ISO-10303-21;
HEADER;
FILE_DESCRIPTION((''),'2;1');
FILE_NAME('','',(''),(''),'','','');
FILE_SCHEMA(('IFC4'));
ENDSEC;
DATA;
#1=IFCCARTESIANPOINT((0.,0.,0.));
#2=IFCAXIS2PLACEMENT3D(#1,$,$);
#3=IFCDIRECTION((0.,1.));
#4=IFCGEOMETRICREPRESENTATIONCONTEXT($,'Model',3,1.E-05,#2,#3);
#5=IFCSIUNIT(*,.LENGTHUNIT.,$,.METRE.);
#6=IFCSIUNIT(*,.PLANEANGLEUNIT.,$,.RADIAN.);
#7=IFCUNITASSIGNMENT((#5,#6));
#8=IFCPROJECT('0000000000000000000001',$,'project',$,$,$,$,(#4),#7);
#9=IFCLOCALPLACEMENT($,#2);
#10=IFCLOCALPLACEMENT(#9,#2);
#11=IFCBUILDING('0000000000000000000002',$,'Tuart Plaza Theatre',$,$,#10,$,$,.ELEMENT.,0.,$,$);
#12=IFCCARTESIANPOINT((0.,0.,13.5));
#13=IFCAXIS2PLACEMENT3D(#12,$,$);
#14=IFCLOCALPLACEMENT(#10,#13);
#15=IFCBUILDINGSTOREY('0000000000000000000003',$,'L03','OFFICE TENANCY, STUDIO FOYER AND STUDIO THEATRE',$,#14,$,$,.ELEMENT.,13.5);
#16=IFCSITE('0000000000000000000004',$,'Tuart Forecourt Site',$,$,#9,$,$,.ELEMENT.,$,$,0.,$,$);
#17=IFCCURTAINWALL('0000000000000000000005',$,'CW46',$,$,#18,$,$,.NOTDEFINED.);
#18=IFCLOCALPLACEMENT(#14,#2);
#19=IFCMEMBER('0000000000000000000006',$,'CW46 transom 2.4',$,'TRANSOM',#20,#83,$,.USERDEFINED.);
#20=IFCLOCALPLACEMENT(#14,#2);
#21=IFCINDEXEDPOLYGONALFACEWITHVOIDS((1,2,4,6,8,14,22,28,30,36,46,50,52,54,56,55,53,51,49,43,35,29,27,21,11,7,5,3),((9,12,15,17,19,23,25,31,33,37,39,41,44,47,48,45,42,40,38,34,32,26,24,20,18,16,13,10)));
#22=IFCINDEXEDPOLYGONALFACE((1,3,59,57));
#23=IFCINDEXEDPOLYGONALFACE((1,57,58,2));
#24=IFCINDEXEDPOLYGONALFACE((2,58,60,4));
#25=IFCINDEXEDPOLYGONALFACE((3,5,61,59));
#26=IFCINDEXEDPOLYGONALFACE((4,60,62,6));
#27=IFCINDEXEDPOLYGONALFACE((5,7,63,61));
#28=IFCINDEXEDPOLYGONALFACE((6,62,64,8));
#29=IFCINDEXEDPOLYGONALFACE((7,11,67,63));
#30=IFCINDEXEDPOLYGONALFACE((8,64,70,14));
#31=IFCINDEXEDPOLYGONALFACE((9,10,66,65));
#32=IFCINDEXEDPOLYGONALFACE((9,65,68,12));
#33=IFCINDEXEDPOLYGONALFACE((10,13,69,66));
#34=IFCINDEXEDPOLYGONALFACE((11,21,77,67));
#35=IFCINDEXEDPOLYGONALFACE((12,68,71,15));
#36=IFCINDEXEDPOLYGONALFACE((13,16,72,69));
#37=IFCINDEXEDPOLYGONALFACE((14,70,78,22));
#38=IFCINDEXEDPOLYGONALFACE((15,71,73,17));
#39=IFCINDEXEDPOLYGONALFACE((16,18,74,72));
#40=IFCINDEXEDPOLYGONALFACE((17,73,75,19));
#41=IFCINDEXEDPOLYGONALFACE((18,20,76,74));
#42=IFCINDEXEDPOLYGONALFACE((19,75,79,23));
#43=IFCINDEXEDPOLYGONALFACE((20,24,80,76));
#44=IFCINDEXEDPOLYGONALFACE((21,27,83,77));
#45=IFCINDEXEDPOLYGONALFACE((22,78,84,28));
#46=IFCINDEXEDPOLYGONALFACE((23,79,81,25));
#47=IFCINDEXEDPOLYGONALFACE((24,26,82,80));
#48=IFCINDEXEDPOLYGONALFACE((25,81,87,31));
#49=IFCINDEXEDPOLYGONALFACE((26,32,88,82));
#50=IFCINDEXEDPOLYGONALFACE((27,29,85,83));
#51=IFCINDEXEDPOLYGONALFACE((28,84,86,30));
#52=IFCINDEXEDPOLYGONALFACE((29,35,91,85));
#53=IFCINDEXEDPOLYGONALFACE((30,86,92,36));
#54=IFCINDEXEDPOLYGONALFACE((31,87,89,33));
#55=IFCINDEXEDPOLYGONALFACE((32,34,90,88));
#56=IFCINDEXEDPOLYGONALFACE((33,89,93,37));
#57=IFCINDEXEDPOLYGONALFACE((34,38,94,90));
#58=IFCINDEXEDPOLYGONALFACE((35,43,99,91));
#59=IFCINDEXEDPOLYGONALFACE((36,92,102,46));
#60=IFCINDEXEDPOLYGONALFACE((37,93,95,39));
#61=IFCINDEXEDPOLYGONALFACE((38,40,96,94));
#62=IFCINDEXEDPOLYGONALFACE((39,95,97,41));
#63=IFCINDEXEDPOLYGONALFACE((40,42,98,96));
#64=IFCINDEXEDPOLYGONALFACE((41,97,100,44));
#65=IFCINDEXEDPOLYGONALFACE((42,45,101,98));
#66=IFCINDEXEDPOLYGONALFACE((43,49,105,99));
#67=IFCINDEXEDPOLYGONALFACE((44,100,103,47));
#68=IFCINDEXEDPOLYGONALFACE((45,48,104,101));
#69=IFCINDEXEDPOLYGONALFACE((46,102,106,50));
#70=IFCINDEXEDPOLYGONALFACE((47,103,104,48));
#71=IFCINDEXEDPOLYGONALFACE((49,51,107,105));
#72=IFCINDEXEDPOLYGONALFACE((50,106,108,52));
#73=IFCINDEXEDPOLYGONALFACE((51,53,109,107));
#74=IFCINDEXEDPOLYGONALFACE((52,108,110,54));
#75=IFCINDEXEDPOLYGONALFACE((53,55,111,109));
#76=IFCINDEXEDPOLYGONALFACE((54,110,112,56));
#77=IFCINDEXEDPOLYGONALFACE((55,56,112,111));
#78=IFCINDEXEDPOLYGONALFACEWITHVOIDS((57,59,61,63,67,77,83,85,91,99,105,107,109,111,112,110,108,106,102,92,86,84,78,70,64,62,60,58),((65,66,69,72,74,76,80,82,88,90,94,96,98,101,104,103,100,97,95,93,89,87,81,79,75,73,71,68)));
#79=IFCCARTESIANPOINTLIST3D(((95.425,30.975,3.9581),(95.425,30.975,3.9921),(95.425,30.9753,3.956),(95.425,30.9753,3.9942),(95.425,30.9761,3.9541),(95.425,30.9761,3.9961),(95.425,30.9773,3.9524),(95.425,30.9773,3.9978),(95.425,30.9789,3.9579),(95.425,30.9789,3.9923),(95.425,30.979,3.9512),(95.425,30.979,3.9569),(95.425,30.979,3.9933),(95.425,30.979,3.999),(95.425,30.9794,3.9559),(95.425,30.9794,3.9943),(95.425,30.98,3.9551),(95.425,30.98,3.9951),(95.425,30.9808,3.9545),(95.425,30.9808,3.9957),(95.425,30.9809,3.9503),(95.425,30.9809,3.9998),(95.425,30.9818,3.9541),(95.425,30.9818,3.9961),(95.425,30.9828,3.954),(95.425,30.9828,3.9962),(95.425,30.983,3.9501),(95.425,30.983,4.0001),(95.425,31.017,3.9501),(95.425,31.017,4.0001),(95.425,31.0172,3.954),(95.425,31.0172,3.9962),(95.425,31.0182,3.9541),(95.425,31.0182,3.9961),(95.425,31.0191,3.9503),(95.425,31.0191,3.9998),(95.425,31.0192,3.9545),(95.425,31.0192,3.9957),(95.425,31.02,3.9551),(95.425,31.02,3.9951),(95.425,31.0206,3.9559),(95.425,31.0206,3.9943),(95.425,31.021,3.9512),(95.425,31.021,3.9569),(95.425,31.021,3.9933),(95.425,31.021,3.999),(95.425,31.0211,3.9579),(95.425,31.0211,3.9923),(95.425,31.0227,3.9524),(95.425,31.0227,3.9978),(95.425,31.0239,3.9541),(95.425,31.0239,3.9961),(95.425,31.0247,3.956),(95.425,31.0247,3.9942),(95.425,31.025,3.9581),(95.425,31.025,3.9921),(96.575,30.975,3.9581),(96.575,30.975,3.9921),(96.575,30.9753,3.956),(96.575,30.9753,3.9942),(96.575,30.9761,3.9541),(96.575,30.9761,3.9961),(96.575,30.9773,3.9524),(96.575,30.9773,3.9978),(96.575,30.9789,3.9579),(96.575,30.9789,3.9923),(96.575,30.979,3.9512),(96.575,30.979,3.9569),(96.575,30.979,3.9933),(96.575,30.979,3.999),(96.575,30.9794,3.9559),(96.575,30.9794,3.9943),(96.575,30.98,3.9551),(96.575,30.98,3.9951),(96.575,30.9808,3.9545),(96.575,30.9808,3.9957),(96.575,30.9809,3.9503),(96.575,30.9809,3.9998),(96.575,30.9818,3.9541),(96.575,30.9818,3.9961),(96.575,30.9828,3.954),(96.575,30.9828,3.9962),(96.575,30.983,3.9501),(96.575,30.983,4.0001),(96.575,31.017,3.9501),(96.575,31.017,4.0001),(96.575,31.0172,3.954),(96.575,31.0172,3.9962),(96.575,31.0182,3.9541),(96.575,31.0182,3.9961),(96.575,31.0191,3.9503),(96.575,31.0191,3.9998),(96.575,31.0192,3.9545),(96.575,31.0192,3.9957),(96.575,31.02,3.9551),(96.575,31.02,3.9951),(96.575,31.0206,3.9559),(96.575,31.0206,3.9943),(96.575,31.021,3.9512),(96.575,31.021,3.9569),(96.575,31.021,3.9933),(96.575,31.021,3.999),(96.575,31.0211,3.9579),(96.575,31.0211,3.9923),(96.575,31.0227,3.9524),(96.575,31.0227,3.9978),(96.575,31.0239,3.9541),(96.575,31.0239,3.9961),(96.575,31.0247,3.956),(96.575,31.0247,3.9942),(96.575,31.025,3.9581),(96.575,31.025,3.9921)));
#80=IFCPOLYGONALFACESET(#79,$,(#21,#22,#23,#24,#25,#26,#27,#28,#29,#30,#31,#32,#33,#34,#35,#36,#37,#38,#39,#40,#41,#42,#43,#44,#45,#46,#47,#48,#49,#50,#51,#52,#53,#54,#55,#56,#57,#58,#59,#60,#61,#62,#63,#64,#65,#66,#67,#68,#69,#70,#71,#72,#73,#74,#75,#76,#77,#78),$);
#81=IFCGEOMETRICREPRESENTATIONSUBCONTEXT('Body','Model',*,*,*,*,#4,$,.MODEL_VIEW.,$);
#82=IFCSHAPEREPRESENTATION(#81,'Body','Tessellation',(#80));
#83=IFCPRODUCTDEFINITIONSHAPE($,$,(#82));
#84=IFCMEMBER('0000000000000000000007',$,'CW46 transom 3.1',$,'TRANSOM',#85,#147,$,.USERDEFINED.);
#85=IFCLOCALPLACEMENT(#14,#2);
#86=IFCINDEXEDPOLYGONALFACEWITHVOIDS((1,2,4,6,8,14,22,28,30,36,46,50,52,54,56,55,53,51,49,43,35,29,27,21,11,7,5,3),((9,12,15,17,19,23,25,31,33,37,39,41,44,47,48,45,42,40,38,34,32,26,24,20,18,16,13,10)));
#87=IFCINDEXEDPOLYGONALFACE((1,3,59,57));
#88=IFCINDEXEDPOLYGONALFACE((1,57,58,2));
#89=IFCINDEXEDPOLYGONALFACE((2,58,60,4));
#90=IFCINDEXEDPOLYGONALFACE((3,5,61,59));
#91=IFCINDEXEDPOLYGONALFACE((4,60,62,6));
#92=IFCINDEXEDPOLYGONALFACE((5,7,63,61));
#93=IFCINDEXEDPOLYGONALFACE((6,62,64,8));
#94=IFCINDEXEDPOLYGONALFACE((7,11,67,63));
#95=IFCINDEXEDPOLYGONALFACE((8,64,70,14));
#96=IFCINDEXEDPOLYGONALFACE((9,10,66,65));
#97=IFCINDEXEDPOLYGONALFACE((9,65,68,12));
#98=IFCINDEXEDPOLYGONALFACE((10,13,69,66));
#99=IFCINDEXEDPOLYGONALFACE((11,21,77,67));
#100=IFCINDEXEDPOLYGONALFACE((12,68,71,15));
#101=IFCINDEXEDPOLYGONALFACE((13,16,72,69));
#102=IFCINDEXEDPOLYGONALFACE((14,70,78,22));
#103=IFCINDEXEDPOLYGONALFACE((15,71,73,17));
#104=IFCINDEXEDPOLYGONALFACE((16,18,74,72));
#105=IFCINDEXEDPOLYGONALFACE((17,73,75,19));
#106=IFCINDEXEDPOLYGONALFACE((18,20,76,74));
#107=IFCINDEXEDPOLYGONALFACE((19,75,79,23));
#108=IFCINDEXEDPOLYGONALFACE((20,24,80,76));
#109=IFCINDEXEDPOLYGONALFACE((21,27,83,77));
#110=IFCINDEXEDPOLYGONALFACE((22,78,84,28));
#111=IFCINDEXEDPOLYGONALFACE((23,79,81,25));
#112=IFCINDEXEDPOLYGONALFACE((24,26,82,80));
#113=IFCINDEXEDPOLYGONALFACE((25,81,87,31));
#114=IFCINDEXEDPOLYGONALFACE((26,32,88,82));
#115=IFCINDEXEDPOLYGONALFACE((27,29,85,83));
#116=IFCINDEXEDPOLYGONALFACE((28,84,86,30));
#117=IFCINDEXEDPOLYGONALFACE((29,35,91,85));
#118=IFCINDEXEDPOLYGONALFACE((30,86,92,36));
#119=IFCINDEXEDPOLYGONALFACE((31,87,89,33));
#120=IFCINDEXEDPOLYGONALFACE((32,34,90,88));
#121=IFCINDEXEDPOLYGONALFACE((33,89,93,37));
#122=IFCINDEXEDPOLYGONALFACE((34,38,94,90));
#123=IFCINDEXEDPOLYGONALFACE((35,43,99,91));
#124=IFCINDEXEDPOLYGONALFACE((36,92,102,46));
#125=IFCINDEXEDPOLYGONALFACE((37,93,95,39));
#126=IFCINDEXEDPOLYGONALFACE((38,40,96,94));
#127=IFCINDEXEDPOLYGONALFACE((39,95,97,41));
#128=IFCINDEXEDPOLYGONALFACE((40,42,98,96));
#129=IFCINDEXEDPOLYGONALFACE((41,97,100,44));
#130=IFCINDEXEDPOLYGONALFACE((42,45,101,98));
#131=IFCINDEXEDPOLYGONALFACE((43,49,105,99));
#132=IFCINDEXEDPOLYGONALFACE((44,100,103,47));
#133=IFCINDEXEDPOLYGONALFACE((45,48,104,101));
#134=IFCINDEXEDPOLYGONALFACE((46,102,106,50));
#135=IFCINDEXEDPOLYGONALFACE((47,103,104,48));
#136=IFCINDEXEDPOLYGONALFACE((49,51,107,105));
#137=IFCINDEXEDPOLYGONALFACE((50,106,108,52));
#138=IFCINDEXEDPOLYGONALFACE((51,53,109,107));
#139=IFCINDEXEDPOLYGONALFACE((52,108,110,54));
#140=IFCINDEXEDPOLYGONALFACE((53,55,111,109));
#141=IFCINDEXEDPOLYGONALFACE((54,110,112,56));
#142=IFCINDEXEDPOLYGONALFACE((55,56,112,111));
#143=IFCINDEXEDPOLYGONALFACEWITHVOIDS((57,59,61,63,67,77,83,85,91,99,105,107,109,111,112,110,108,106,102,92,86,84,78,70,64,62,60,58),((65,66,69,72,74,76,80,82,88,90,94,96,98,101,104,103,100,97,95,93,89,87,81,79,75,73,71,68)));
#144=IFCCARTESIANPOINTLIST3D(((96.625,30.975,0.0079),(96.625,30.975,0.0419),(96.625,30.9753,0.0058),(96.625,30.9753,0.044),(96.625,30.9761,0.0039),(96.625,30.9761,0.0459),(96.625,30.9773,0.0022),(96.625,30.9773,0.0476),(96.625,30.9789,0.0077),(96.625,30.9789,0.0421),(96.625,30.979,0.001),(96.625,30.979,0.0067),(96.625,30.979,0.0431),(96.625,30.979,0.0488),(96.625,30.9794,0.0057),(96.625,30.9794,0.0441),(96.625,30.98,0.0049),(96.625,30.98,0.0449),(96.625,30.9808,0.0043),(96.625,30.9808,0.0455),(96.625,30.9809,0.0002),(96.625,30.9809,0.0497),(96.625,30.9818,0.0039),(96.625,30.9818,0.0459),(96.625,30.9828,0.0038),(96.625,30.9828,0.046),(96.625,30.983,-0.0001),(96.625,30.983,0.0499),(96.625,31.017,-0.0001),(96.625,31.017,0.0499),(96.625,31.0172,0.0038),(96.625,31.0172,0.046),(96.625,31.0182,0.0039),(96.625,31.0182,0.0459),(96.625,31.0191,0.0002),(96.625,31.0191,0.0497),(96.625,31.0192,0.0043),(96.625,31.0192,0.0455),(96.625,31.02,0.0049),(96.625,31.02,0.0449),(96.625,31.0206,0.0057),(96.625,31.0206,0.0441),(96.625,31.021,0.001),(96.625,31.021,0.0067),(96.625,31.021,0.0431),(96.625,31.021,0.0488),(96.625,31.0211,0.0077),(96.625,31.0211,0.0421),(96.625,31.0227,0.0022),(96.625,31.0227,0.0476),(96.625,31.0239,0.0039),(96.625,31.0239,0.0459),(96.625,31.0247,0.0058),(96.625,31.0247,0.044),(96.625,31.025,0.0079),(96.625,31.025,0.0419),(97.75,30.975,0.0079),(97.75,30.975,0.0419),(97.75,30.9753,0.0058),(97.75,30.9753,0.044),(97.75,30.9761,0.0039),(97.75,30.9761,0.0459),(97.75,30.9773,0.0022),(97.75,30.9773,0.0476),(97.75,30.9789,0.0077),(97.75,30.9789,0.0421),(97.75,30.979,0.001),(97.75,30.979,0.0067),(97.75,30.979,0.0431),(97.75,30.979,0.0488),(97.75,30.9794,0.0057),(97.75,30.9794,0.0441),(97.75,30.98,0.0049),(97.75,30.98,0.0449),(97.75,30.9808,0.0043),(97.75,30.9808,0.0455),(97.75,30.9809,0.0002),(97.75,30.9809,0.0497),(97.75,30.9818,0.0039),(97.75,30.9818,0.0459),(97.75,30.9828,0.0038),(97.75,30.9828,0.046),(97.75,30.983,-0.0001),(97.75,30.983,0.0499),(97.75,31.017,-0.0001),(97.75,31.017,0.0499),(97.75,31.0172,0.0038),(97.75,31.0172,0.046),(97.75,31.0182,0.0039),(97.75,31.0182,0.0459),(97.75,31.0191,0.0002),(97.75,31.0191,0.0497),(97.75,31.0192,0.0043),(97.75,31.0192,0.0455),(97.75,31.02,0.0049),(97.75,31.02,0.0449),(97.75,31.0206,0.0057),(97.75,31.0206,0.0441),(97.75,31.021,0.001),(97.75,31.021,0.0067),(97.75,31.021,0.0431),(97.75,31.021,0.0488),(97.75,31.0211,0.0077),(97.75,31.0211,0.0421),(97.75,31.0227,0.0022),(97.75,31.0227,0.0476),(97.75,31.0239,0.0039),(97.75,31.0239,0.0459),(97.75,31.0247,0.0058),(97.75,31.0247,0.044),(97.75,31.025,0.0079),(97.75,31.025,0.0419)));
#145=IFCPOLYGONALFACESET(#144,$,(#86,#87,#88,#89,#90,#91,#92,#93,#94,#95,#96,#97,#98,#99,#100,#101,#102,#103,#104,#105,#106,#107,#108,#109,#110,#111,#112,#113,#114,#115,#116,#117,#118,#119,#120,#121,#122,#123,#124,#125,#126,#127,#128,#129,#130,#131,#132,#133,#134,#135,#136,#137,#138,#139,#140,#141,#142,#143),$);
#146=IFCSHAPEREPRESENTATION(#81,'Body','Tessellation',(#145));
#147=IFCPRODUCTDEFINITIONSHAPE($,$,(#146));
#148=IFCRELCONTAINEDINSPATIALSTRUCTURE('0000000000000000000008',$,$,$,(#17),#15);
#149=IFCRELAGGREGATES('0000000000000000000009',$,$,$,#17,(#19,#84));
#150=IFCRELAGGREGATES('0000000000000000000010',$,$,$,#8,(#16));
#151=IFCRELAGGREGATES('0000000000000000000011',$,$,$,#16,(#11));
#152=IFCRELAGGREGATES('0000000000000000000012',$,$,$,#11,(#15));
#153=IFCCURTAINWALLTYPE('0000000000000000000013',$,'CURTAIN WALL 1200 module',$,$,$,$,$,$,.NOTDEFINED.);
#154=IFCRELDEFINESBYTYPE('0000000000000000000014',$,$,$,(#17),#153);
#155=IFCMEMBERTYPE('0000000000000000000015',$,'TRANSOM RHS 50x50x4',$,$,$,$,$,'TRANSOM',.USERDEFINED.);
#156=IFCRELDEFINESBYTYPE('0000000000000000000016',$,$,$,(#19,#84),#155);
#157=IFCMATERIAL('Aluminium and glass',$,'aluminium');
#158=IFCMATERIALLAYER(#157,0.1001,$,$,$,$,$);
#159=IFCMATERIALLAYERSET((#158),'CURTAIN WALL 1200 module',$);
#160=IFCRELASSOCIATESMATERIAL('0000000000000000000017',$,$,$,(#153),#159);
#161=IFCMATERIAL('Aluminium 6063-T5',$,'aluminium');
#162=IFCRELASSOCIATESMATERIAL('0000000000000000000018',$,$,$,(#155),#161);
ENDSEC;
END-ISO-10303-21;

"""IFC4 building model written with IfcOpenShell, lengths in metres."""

from ifc_helpers import new_model, si_unit, direction, frame, origin, origin_2d, place, context, subcontext, project, spatial, hollow_rectangle, extrude, material, layer, layer_set, material_profile, profile_set, type_object, element, aggregate, save


model = new_model("IFC4")

# Units and contexts
model_context = context("Model", 3, precision=1e-05, world=origin(), true_north=direction((0.0, 1.0)))
body_context = subcontext(model_context, "Body", "Model", "MODEL_VIEW")
ifc_project = project(units=[si_unit("LENGTHUNIT", "METRE"), si_unit("PLANEANGLEUNIT", "RADIAN")], contexts=[model_context])

# Site, building, storey
site_placement = place(None, origin())
site = spatial("IfcSite", under=ifc_project, at=site_placement, Name="Tuart Forecourt Site", CompositionType="ELEMENT", RefElevation=0.0)
building_placement = place(site_placement, origin())
building = spatial("IfcBuilding", under=site, at=building_placement, Name="Tuart Plaza Theatre", CompositionType="ELEMENT", ElevationOfRefHeight=0.0)
storey_placement = place(building_placement, frame((0.0, 0.0, 13.5)))
storey = spatial("IfcBuildingStorey", under=building, at=storey_placement, Name="L03", Description="OFFICE TENANCY, STUDIO FOYER AND STUDIO THEATRE", CompositionType="ELEMENT", Elevation=13.5)

# Curtain wall, members
ifc_material_1 = material(Name="Aluminium and glass", Category="aluminium")
ifc_layer_1 = layer(ifc_material_1, 0.1001)
ifc_layer_set_1 = layer_set([ifc_layer_1], Name="CURTAIN WALL 1200 module")
curtain_wall_type = type_object("IfcCurtainWallType", Name="CURTAIN WALL 1200 module", PredefinedType="NOTDEFINED", material=ifc_layer_set_1)
curtain_wall_placement = place(storey_placement, origin())
curtain_wall = element("IfcCurtainWall", 1, at=curtain_wall_placement, inside=storey, type_object=curtain_wall_type, Name="CW46", PredefinedType="NOTDEFINED")
ifc_material_2 = material(Name="Aluminium 6063-T5", Category="aluminium")
ifc_material_profile_1 = material_profile(ifc_material_2, hollow_rectangle(XDim=0.05, YDim=0.05, WallThickness=0.0039, InnerFilletRadius=0.0039, OuterFilletRadius=0.0081, at=origin_2d()), Name="RHS 50x50x4")
ifc_profile_set_1 = profile_set([ifc_material_profile_1], Name="Aluminium 6063-T5")
member_type_1 = type_object("IfcMemberType", Name="TRANSOM RHS 50x50x4", ElementType="TRANSOM", PredefinedType="USERDEFINED", material=ifc_profile_set_1)
member_1_placement = place(storey_placement, frame((95.425, 31.0, 3.9751), z_axis=(1.0, 0.0, 0.0), x_axis=(0.0, 1.0, 0.0)))
member_1 = element("IfcMember", 2, at=member_1_placement, type_object=member_type_1, Name="CW46 transom 2.4", ObjectType="TRANSOM", PredefinedType="USERDEFINED", context=body_context, shape_type="SweptSolid", body=[
    extrude(hollow_rectangle(XDim=0.05, YDim=0.05, WallThickness=0.0039, InnerFilletRadius=0.0039, OuterFilletRadius=0.0081, at=origin_2d()), origin(), (0.0, 0.0, 1.0), 1.1499),
])
member_2_placement = place(storey_placement, frame((96.625, 31.0, 0.0249), z_axis=(1.0, 0.0, 0.0), x_axis=(0.0, 1.0, 0.0)))
member_2 = element("IfcMember", 3, at=member_2_placement, type_object=member_type_1, Name="CW46 transom 3.1", ObjectType="TRANSOM", PredefinedType="USERDEFINED", context=body_context, shape_type="SweptSolid", body=[
    extrude(hollow_rectangle(XDim=0.05, YDim=0.05, WallThickness=0.0039, InnerFilletRadius=0.0039, OuterFilletRadius=0.0081, at=origin_2d()), origin(), (0.0, 0.0, 1.0), 1.125),
])
aggregate(curtain_wall, [member_1, member_2])

save(model, "model.ifc")
